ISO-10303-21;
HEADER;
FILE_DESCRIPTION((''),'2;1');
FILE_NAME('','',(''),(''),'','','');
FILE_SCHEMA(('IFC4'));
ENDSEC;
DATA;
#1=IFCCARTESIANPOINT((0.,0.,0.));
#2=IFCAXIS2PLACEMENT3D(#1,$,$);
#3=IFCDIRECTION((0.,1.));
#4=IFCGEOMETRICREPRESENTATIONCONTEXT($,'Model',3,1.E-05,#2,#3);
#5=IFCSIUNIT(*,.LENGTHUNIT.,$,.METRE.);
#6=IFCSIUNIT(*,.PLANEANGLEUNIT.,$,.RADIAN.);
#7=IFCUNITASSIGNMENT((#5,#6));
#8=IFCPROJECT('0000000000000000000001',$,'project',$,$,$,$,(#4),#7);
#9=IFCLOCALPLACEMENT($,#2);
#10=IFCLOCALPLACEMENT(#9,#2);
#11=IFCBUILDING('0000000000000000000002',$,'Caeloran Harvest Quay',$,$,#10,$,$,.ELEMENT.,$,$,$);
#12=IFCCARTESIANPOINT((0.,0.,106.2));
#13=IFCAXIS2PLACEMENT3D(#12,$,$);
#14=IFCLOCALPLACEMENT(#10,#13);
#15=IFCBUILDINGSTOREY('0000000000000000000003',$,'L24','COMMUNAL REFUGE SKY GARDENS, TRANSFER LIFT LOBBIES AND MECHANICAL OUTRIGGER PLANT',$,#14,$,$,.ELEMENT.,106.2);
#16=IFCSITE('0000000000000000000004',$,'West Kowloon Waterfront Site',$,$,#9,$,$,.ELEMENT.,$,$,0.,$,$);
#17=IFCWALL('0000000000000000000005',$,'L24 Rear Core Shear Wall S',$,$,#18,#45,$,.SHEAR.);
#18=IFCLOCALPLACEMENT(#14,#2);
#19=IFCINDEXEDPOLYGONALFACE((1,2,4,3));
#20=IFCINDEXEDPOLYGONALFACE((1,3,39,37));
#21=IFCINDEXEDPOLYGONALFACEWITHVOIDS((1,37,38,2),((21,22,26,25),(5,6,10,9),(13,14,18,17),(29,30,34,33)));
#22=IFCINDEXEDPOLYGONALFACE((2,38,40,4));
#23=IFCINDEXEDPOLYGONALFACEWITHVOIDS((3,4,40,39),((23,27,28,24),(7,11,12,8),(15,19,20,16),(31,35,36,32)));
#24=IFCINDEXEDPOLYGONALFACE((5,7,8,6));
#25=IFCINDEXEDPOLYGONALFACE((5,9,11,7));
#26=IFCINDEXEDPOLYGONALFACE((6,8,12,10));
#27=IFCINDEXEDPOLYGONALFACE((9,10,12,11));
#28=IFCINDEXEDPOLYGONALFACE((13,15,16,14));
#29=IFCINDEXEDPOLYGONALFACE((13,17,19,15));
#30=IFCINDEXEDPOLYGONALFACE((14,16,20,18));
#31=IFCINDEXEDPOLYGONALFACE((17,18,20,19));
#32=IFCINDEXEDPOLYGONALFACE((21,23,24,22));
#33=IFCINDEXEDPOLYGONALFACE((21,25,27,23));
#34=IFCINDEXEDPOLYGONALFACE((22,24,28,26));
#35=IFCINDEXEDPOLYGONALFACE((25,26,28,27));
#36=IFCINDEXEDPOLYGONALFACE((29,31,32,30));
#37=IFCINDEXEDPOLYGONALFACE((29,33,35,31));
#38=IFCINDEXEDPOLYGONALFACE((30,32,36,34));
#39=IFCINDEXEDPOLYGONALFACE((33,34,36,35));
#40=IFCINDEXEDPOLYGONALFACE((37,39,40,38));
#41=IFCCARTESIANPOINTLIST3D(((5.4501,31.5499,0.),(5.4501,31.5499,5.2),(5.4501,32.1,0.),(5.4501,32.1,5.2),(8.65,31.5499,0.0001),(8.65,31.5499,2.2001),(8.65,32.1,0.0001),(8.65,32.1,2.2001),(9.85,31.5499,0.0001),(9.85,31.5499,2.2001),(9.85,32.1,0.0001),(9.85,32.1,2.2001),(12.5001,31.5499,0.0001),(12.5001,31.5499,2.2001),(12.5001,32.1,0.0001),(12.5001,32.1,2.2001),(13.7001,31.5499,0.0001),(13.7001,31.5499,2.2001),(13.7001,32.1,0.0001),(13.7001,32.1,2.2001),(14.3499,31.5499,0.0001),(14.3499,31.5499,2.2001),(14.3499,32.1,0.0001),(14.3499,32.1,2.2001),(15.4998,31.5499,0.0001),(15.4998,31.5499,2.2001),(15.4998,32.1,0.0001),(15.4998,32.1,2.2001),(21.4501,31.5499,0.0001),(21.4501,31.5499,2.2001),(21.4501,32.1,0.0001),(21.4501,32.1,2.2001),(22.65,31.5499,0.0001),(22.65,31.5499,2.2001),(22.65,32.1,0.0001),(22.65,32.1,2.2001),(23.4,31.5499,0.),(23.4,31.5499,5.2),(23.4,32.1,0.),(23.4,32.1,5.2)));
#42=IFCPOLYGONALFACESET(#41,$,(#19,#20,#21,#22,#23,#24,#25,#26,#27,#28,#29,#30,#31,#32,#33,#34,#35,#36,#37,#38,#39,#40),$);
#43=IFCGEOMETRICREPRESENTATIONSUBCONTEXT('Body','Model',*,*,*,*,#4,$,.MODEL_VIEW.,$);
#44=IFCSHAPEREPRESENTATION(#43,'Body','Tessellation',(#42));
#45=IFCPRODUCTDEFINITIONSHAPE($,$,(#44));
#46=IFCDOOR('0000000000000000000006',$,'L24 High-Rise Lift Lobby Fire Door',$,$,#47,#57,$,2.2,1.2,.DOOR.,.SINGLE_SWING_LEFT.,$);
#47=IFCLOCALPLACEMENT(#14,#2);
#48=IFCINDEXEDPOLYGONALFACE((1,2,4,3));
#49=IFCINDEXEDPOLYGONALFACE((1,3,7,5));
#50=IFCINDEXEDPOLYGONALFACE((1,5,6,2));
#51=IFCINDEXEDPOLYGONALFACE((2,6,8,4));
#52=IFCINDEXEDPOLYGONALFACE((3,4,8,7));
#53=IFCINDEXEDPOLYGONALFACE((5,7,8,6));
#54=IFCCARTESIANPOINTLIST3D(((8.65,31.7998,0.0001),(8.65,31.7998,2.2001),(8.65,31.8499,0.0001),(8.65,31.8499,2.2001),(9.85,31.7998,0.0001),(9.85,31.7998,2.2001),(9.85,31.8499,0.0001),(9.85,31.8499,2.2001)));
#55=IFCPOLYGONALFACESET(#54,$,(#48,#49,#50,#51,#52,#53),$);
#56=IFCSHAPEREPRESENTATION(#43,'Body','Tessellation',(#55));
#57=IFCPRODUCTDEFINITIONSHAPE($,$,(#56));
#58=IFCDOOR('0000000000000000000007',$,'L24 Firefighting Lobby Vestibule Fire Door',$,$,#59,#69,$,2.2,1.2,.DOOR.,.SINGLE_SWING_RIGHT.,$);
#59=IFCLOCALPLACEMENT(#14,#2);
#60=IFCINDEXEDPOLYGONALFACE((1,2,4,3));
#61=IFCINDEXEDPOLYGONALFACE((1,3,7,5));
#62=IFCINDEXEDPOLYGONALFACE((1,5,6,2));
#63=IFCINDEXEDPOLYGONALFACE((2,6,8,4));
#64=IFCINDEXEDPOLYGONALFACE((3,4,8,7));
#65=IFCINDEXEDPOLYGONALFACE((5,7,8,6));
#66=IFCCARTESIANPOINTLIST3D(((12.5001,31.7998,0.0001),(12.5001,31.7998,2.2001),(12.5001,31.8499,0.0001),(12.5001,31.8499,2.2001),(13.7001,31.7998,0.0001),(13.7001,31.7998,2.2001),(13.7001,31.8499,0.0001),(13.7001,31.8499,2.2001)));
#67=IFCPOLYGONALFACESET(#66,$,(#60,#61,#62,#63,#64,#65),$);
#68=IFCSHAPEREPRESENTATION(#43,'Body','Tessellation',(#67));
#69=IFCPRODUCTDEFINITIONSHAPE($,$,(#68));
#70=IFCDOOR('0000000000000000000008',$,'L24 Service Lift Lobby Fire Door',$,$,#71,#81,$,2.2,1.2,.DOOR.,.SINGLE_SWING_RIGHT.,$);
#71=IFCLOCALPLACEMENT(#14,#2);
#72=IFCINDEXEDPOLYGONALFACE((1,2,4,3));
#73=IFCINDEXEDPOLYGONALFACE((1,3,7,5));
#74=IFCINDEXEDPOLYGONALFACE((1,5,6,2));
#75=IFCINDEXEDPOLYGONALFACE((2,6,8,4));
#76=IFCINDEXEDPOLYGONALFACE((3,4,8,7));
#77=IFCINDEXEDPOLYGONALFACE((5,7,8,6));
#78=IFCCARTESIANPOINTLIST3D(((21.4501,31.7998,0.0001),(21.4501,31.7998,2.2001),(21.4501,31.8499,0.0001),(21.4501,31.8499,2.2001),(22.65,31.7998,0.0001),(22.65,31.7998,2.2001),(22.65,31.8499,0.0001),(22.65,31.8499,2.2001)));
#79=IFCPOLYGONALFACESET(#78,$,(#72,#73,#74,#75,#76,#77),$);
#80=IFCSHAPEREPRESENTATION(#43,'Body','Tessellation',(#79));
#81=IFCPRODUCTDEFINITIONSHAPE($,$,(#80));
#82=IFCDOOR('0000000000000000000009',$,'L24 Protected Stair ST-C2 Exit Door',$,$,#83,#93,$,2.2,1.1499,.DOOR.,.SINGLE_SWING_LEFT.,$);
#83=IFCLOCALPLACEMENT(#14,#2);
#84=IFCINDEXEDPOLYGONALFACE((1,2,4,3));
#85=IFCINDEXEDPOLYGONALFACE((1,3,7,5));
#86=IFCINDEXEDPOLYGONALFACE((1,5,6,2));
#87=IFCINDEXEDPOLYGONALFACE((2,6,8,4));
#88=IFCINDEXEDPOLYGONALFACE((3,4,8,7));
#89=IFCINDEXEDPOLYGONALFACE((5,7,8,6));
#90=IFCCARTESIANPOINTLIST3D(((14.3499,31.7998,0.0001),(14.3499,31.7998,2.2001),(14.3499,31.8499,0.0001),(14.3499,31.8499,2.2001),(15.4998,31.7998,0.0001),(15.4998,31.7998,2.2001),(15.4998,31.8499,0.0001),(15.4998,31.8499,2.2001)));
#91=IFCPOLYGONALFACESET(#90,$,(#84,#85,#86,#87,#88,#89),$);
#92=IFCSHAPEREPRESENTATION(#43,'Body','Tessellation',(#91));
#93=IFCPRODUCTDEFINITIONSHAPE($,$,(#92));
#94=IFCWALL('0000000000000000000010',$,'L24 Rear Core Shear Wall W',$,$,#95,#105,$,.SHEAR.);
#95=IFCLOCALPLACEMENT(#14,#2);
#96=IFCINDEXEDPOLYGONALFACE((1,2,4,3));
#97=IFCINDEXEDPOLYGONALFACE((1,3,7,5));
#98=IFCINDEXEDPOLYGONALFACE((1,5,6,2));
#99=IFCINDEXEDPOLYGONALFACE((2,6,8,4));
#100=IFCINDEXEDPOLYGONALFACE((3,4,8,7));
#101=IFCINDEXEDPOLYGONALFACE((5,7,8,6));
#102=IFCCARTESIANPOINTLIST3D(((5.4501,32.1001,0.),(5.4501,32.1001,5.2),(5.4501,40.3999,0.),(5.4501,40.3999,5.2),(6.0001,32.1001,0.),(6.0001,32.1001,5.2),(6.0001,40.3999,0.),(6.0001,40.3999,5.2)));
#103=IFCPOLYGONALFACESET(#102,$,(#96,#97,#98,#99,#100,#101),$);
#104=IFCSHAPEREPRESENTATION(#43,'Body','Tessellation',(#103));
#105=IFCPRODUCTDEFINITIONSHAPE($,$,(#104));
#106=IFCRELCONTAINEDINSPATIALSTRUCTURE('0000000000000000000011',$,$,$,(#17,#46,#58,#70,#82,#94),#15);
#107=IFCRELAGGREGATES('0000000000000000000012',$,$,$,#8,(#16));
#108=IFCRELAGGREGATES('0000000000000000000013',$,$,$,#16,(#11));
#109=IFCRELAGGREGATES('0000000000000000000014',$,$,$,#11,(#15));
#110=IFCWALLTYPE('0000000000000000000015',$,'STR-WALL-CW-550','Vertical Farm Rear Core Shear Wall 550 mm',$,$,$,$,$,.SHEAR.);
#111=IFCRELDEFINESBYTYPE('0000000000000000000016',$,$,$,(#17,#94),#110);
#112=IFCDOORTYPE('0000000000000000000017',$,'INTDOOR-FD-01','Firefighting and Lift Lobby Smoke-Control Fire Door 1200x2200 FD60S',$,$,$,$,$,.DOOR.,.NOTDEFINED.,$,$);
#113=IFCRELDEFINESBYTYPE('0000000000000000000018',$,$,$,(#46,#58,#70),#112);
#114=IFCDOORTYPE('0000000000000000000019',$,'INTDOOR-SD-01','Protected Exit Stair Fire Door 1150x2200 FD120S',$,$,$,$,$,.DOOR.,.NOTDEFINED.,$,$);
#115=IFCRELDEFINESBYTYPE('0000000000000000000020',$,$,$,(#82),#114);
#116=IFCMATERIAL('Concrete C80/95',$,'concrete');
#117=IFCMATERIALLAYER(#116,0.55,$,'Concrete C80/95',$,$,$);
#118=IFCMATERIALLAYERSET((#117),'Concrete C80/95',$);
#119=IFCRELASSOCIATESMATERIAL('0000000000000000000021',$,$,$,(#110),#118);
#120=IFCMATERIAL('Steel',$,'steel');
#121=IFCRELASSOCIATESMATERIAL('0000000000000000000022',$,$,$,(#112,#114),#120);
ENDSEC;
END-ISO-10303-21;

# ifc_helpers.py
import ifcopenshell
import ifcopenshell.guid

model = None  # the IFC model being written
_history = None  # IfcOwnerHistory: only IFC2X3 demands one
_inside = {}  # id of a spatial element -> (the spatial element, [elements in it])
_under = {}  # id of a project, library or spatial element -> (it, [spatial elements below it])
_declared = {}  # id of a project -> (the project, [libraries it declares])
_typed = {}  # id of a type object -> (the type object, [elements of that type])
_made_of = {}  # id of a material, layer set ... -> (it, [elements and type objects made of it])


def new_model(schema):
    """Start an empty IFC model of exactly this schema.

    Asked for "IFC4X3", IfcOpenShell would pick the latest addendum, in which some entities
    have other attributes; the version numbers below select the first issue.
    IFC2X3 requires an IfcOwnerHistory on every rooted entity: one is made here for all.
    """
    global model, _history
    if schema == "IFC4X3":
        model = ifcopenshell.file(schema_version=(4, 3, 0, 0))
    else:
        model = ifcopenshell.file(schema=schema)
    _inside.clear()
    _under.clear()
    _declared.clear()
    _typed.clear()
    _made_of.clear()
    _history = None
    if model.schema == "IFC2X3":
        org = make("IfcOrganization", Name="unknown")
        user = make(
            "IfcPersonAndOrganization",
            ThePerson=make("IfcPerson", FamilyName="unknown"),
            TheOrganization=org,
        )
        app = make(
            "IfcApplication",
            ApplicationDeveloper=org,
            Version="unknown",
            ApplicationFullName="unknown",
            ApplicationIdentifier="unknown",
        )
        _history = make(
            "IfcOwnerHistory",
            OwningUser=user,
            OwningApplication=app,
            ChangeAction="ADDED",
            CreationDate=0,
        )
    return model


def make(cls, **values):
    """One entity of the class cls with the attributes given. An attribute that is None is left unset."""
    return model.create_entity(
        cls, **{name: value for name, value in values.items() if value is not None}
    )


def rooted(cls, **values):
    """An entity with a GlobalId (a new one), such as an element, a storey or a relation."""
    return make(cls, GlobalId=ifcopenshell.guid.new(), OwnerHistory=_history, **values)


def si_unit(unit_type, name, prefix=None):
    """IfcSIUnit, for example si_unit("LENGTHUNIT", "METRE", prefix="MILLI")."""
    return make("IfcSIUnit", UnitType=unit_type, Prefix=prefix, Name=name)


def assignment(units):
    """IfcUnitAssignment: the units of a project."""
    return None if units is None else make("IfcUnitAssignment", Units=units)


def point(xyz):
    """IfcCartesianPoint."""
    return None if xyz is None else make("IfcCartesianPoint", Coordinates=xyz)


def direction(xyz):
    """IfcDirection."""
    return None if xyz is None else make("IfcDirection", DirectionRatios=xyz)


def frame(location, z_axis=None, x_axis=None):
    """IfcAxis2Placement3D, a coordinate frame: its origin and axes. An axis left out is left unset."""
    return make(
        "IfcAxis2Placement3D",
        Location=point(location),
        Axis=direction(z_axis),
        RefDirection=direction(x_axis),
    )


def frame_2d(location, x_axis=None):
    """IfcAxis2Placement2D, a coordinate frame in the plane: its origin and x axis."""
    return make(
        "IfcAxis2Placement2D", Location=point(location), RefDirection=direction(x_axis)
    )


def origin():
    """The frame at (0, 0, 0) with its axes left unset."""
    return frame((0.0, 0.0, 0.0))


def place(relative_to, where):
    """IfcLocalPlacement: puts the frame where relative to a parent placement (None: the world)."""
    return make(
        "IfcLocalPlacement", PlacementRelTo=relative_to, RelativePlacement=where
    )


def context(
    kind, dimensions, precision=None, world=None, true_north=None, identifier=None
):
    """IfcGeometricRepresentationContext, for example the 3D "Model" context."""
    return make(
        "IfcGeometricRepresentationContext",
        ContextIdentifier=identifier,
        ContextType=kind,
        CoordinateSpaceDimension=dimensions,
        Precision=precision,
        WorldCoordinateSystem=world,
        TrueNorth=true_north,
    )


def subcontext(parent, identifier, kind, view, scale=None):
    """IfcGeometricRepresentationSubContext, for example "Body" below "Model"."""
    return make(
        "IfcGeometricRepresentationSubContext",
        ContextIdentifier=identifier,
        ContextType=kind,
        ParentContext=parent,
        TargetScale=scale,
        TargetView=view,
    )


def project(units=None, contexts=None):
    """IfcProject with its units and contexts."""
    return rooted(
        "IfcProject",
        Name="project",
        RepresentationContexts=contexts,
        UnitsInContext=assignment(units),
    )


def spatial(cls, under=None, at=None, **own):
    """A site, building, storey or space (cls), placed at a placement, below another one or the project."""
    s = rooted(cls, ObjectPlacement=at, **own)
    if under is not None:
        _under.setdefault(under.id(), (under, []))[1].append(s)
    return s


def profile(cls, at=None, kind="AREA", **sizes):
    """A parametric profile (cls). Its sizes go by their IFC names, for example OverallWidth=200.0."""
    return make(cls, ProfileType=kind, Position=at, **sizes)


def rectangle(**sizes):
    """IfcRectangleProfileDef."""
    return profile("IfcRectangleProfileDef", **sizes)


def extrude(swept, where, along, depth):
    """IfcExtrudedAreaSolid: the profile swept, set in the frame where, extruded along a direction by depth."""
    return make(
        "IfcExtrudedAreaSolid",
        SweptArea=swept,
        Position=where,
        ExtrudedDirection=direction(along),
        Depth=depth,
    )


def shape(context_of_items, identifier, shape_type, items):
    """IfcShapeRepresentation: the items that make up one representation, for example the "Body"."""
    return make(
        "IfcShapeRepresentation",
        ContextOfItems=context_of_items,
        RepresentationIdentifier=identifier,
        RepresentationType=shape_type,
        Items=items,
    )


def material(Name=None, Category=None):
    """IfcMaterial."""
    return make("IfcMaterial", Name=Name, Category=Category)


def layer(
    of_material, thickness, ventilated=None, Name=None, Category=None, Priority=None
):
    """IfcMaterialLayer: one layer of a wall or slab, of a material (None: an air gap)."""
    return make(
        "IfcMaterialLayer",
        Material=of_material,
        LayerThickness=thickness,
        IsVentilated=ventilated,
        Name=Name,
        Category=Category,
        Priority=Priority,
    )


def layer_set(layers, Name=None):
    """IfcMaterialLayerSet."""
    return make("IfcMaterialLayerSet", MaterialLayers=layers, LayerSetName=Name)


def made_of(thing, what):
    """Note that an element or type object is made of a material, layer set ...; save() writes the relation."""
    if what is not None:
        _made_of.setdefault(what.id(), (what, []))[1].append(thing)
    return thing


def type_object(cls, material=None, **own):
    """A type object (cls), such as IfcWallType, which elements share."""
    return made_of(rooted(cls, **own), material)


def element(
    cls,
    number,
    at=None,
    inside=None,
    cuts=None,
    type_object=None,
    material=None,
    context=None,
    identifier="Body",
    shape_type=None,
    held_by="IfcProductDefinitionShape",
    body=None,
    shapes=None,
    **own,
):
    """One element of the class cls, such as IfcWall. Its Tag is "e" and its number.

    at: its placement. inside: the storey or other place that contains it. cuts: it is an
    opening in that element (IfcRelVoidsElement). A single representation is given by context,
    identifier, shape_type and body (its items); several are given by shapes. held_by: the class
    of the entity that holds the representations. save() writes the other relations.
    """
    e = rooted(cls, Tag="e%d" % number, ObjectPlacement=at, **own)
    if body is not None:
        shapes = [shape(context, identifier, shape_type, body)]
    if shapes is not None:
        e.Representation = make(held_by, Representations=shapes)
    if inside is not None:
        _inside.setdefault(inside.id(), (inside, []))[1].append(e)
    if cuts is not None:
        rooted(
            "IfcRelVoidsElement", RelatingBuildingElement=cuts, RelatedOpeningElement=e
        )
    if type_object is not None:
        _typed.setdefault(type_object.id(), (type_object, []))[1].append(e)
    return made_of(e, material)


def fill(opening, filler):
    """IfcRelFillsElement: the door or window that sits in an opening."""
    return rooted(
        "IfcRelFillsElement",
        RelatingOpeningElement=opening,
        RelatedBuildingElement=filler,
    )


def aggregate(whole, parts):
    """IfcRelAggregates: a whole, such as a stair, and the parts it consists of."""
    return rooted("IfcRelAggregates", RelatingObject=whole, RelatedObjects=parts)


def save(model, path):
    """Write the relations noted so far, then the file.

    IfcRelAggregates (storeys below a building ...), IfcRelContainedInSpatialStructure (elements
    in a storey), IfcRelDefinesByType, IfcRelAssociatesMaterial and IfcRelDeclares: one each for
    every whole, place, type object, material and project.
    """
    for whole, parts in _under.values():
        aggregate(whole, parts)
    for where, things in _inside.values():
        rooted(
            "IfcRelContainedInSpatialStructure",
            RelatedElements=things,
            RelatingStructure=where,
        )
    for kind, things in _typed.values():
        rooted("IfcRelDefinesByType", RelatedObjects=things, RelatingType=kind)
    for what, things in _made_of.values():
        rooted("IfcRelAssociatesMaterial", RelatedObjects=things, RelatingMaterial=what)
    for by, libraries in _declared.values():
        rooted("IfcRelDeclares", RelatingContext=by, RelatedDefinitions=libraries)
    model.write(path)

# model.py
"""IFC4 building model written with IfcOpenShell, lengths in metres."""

from ifc_helpers import new_model, si_unit, direction, frame, frame_2d, origin, place, context, subcontext, project, spatial, rectangle, extrude, material, layer, layer_set, type_object, element, fill, save


model = new_model("IFC4")

# Units and contexts
model_context = context("Model", 3, precision=1e-05, world=origin(), true_north=direction((0.0, 1.0)))
body_context = subcontext(model_context, "Body", "Model", "MODEL_VIEW")
ifc_project = project(units=[si_unit("LENGTHUNIT", "METRE"), si_unit("PLANEANGLEUNIT", "RADIAN")], contexts=[model_context])

# Site, building, storey
site_placement = place(None, origin())
site = spatial("IfcSite", under=ifc_project, at=site_placement, Name="West Kowloon Waterfront Site", CompositionType="ELEMENT", RefElevation=0.0)
building_placement = place(site_placement, origin())
building = spatial("IfcBuilding", under=site, at=building_placement, Name="Caeloran Harvest Quay", CompositionType="ELEMENT")
storey_placement = place(building_placement, frame((0.0, 0.0, 106.2)))
storey = spatial("IfcBuildingStorey", under=building, at=storey_placement, Name="L24", Description="COMMUNAL REFUGE SKY GARDENS, TRANSFER LIFT LOBBIES AND MECHANICAL OUTRIGGER PLANT", CompositionType="ELEMENT", Elevation=106.2)

# Shared definitions
ifc_material_1 = material(Name="Concrete C80/95", Category="concrete")

# Shared definitions
ifc_layer_1 = layer(ifc_material_1, 0.55, Name="Concrete C80/95")
ifc_layer_set_1 = layer_set([ifc_layer_1], Name="Concrete C80/95")
wall_type_1 = type_object("IfcWallType", Name="STR-WALL-CW-550", Description="Vertical Farm Rear Core Shear Wall 550 mm", PredefinedType="SHEAR", material=ifc_layer_set_1)

# Wall, openings, doors
wall_1_placement = place(storey_placement, frame((5.45, 31.825, 0.0), z_axis=(0.0, 0.0, 1.0), x_axis=(1.0, 0.0, 0.0)))
wall_1 = element("IfcWall", 1, at=wall_1_placement, inside=storey, type_object=wall_type_1, Name="L24 Rear Core Shear Wall S", PredefinedType="SHEAR", context=body_context, shape_type="SweptSolid", body=[
    extrude(rectangle(XDim=17.95, YDim=0.55, at=frame_2d((8.9751, 0.0))), origin(), (0.0, 0.0, 1.0), 5.2),
])
opening_1_placement = place(wall_1_placement, frame((3.2, 0.0, 0.0)))
opening_1 = element("IfcOpeningElement", 2, at=opening_1_placement, cuts=wall_1, PredefinedType="OPENING", context=body_context, shape_type="SweptSolid", body=[
    extrude(rectangle(XDim=1.2, YDim=2.2, at=frame_2d((0.6001, 1.1001))), frame((0.0, 0.2852, 0.0), z_axis=(0.0, -1.0, 0.0), x_axis=(1.0, 0.0, 0.0)), (0.0, 0.0, 1.0), 0.5701),
])
opening_2_placement = place(wall_1_placement, frame((7.05, 0.0, 0.0)))
opening_2 = element("IfcOpeningElement", 3, at=opening_2_placement, cuts=wall_1, PredefinedType="OPENING", context=body_context, shape_type="SweptSolid", body=[
    extrude(rectangle(XDim=1.2, YDim=2.2, at=frame_2d((0.6001, 1.1001))), frame((0.0, 0.2852, 0.0), z_axis=(0.0, -1.0, 0.0), x_axis=(1.0, 0.0, 0.0)), (0.0, 0.0, 1.0), 0.5701),
])
opening_3_placement = place(wall_1_placement, frame((8.8999, 0.0, 0.0)))
opening_3 = element("IfcOpeningElement", 4, at=opening_3_placement, cuts=wall_1, PredefinedType="OPENING", context=body_context, shape_type="SweptSolid", body=[
    extrude(rectangle(XDim=1.1499, YDim=2.2, at=frame_2d((0.575, 1.1001))), frame((0.0, 0.2852, 0.0), z_axis=(0.0, -1.0, 0.0), x_axis=(1.0, 0.0, 0.0)), (0.0, 0.0, 1.0), 0.5701),
])
opening_4_placement = place(wall_1_placement, frame((16.0, 0.0, 0.0)))
opening_4 = element("IfcOpeningElement", 5, at=opening_4_placement, cuts=wall_1, PredefinedType="OPENING", context=body_context, shape_type="SweptSolid", body=[
    extrude(rectangle(XDim=1.2, YDim=2.2, at=frame_2d((0.6001, 1.1001))), frame((0.0, 0.2852, 0.0), z_axis=(0.0, -1.0, 0.0), x_axis=(1.0, 0.0, 0.0)), (0.0, 0.0, 1.0), 0.5701),
])
ifc_material_2 = material(Name="Steel", Category="steel")
door_type_1 = type_object("IfcDoorType", Name="INTDOOR-FD-01", Description="Firefighting and Lift Lobby Smoke-Control Fire Door 1200x2200 FD60S", OperationType="NOTDEFINED", PredefinedType="DOOR", material=ifc_material_2)
door_1_placement = place(opening_1_placement, origin())
door_1 = element("IfcDoor", 6, at=door_1_placement, inside=storey, type_object=door_type_1, Name="L24 High-Rise Lift Lobby Fire Door", OperationType="SINGLE_SWING_LEFT", OverallHeight=2.2, OverallWidth=1.2, PredefinedType="DOOR", context=body_context, shape_type="SweptSolid", body=[
    extrude(rectangle(XDim=1.2, YDim=2.2, at=frame_2d((0.6001, 1.1001))), frame((0.0, 0.0249, 0.0), z_axis=(0.0, -1.0, 0.0), x_axis=(1.0, 0.0, 0.0)), (0.0, 0.0, 1.0), 0.05),
])
fill(opening_1, door_1)
door_2_placement = place(opening_2_placement, origin())
door_2 = element("IfcDoor", 7, at=door_2_placement, inside=storey, type_object=door_type_1, Name="L24 Firefighting Lobby Vestibule Fire Door", OperationType="SINGLE_SWING_RIGHT", OverallHeight=2.2, OverallWidth=1.2, PredefinedType="DOOR", context=body_context, shape_type="SweptSolid", body=[
    extrude(rectangle(XDim=1.2, YDim=2.2, at=frame_2d((0.6001, 1.1001))), frame((0.0, 0.0249, 0.0), z_axis=(0.0, -1.0, 0.0), x_axis=(1.0, 0.0, 0.0)), (0.0, 0.0, 1.0), 0.05),
])
fill(opening_2, door_2)
door_3_placement = place(opening_4_placement, origin())
door_3 = element("IfcDoor", 8, at=door_3_placement, inside=storey, type_object=door_type_1, Name="L24 Service Lift Lobby Fire Door", OperationType="SINGLE_SWING_RIGHT", OverallHeight=2.2, OverallWidth=1.2, PredefinedType="DOOR", context=body_context, shape_type="SweptSolid", body=[
    extrude(rectangle(XDim=1.2, YDim=2.2, at=frame_2d((0.6001, 1.1001))), frame((0.0, 0.0249, 0.0), z_axis=(0.0, -1.0, 0.0), x_axis=(1.0, 0.0, 0.0)), (0.0, 0.0, 1.0), 0.05),
])
fill(opening_4, door_3)
door_type_2 = type_object("IfcDoorType", Name="INTDOOR-SD-01", Description="Protected Exit Stair Fire Door 1150x2200 FD120S", OperationType="NOTDEFINED", PredefinedType="DOOR", material=ifc_material_2)
door_4_placement = place(opening_3_placement, origin())
door_4 = element("IfcDoor", 9, at=door_4_placement, inside=storey, type_object=door_type_2, Name="L24 Protected Stair ST-C2 Exit Door", OperationType="SINGLE_SWING_LEFT", OverallHeight=2.2, OverallWidth=1.1499, PredefinedType="DOOR", context=body_context, shape_type="SweptSolid", body=[
    extrude(rectangle(XDim=1.1499, YDim=2.2, at=frame_2d((0.575, 1.1001))), frame((0.0, 0.0249, 0.0), z_axis=(0.0, -1.0, 0.0), x_axis=(1.0, 0.0, 0.0)), (0.0, 0.0, 1.0), 0.05),
])
fill(opening_3, door_4)

# Wall
wall_2_placement = place(storey_placement, frame((5.7251, 32.1001, 0.0), z_axis=(0.0, 0.0, 1.0), x_axis=(0.0, 1.0, 0.0)))
element("IfcWall", 10, at=wall_2_placement, inside=storey, type_object=wall_type_1, Name="L24 Rear Core Shear Wall W", PredefinedType="SHEAR", context=body_context, shape_type="SweptSolid", body=[
    extrude(rectangle(XDim=8.2998, YDim=0.55, at=frame_2d((4.1499, 0.0))), origin(), (0.0, 0.0, 1.0), 5.2),
])

save(model, "model.ifc")
